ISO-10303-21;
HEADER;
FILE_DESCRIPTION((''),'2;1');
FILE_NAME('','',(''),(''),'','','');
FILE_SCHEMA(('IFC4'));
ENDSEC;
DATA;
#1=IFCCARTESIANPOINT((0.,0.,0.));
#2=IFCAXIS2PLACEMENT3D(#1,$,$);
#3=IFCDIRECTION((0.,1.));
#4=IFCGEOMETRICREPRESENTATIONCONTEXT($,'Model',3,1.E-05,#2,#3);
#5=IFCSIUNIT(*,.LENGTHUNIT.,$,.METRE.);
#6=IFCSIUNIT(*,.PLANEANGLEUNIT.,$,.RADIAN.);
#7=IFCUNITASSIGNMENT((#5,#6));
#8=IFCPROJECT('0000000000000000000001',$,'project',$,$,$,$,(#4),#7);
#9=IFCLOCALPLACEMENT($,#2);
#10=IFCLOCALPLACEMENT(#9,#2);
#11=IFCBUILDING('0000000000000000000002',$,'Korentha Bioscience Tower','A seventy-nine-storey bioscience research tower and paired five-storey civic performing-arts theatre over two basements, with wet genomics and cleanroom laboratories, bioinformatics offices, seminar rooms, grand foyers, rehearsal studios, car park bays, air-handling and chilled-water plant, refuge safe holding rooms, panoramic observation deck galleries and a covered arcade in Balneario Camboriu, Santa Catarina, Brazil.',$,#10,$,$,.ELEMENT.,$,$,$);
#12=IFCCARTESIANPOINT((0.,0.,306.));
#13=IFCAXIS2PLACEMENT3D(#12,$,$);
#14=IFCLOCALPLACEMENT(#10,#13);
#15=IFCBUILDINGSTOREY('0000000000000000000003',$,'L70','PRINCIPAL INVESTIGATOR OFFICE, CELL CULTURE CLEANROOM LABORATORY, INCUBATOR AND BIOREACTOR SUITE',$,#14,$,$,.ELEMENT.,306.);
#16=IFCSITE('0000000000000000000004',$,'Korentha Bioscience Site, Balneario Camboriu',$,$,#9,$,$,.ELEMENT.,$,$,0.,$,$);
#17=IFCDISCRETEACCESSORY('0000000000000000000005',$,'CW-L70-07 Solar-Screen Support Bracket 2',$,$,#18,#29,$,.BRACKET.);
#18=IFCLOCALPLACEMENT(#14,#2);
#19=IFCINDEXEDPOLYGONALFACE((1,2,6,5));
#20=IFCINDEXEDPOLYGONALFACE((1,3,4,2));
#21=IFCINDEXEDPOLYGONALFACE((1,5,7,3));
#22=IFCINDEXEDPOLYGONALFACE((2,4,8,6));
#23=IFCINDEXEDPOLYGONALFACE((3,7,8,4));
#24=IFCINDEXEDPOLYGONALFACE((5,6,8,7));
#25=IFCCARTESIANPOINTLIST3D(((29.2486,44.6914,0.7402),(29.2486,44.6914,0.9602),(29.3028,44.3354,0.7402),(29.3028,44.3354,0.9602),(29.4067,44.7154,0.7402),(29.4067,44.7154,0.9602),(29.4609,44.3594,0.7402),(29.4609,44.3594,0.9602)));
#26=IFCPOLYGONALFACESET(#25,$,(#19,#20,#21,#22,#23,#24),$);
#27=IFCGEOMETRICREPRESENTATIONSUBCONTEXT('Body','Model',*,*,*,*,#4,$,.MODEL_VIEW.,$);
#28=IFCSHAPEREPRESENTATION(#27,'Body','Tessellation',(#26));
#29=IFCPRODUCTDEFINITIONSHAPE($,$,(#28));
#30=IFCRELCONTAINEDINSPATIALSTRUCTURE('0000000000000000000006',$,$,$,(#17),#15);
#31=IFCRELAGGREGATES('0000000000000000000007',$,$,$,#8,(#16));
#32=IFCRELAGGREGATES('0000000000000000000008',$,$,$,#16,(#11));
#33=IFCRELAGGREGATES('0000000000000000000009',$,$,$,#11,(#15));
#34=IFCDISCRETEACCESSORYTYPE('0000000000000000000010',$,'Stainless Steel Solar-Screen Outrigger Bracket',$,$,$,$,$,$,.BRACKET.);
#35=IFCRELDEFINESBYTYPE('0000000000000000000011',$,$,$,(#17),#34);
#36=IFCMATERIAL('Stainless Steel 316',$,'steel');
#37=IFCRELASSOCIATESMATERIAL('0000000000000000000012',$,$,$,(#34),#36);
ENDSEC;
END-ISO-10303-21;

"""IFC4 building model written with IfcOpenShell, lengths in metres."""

from ifc_helpers import new_model, si_unit, direction, frame, origin, origin_2d, place, context, subcontext, project, spatial, rectangle, extrude, material, type_object, element, save


model = new_model("IFC4")

# Units and contexts
model_context = context("Model", 3, precision=1e-05, world=origin(), true_north=direction((0.0, 1.0)))
body_context = subcontext(model_context, "Body", "Model", "MODEL_VIEW")
ifc_project = project(units=[si_unit("LENGTHUNIT", "METRE"), si_unit("PLANEANGLEUNIT", "RADIAN")], contexts=[model_context])

# Site, building, storey
site_placement = place(None, origin())
site = spatial("IfcSite", under=ifc_project, at=site_placement, Name="Korentha Bioscience Site, Balneario Camboriu", CompositionType="ELEMENT", RefElevation=0.0)
building_placement = place(site_placement, origin())
building = spatial("IfcBuilding", under=site, at=building_placement, Name="Korentha Bioscience Tower", Description="A seventy-nine-storey bioscience research tower and paired five-storey civic performing-arts theatre over two basements, with wet genomics and cleanroom laboratories, bioinformatics offices, seminar rooms, grand foyers, rehearsal studios, car park bays, air-handling and chilled-water plant, refuge safe holding rooms, panoramic observation deck galleries and a covered arcade in Balneario Camboriu, Santa Catarina, Brazil.", CompositionType="ELEMENT")
storey_placement = place(building_placement, frame((0.0, 0.0, 306.0)))
storey = spatial("IfcBuildingStorey", under=building, at=storey_placement, Name="L70", Description="PRINCIPAL INVESTIGATOR OFFICE, CELL CULTURE CLEANROOM LABORATORY, INCUBATOR AND BIOREACTOR SUITE", CompositionType="ELEMENT", Elevation=306.0)

# Discrete accessory
ifc_material_1 = material(Name="Stainless Steel 316", Category="steel")
discrete_accessory_type = type_object("IfcDiscreteAccessoryType", Name="Stainless Steel Solar-Screen Outrigger Bracket", PredefinedType="BRACKET", material=ifc_material_1)
discrete_accessory_placement = place(storey_placement, frame((29.3547, 44.5254, 0.7402), z_axis=(0.0, 0.0, 1.0), x_axis=(-0.988621, -0.150428, 0.0)))
element("IfcDiscreteAccessory", 1, at=discrete_accessory_placement, inside=storey, type_object=discrete_accessory_type, Name="CW-L70-07 Solar-Screen Support Bracket 2", PredefinedType="BRACKET", context=body_context, shape_type="SweptSolid", body=[
    extrude(rectangle(XDim=0.1599, YDim=0.3601, at=origin_2d()), origin(), (0.0, 0.0, 1.0), 0.22),
])

save(model, "model.ifc")
